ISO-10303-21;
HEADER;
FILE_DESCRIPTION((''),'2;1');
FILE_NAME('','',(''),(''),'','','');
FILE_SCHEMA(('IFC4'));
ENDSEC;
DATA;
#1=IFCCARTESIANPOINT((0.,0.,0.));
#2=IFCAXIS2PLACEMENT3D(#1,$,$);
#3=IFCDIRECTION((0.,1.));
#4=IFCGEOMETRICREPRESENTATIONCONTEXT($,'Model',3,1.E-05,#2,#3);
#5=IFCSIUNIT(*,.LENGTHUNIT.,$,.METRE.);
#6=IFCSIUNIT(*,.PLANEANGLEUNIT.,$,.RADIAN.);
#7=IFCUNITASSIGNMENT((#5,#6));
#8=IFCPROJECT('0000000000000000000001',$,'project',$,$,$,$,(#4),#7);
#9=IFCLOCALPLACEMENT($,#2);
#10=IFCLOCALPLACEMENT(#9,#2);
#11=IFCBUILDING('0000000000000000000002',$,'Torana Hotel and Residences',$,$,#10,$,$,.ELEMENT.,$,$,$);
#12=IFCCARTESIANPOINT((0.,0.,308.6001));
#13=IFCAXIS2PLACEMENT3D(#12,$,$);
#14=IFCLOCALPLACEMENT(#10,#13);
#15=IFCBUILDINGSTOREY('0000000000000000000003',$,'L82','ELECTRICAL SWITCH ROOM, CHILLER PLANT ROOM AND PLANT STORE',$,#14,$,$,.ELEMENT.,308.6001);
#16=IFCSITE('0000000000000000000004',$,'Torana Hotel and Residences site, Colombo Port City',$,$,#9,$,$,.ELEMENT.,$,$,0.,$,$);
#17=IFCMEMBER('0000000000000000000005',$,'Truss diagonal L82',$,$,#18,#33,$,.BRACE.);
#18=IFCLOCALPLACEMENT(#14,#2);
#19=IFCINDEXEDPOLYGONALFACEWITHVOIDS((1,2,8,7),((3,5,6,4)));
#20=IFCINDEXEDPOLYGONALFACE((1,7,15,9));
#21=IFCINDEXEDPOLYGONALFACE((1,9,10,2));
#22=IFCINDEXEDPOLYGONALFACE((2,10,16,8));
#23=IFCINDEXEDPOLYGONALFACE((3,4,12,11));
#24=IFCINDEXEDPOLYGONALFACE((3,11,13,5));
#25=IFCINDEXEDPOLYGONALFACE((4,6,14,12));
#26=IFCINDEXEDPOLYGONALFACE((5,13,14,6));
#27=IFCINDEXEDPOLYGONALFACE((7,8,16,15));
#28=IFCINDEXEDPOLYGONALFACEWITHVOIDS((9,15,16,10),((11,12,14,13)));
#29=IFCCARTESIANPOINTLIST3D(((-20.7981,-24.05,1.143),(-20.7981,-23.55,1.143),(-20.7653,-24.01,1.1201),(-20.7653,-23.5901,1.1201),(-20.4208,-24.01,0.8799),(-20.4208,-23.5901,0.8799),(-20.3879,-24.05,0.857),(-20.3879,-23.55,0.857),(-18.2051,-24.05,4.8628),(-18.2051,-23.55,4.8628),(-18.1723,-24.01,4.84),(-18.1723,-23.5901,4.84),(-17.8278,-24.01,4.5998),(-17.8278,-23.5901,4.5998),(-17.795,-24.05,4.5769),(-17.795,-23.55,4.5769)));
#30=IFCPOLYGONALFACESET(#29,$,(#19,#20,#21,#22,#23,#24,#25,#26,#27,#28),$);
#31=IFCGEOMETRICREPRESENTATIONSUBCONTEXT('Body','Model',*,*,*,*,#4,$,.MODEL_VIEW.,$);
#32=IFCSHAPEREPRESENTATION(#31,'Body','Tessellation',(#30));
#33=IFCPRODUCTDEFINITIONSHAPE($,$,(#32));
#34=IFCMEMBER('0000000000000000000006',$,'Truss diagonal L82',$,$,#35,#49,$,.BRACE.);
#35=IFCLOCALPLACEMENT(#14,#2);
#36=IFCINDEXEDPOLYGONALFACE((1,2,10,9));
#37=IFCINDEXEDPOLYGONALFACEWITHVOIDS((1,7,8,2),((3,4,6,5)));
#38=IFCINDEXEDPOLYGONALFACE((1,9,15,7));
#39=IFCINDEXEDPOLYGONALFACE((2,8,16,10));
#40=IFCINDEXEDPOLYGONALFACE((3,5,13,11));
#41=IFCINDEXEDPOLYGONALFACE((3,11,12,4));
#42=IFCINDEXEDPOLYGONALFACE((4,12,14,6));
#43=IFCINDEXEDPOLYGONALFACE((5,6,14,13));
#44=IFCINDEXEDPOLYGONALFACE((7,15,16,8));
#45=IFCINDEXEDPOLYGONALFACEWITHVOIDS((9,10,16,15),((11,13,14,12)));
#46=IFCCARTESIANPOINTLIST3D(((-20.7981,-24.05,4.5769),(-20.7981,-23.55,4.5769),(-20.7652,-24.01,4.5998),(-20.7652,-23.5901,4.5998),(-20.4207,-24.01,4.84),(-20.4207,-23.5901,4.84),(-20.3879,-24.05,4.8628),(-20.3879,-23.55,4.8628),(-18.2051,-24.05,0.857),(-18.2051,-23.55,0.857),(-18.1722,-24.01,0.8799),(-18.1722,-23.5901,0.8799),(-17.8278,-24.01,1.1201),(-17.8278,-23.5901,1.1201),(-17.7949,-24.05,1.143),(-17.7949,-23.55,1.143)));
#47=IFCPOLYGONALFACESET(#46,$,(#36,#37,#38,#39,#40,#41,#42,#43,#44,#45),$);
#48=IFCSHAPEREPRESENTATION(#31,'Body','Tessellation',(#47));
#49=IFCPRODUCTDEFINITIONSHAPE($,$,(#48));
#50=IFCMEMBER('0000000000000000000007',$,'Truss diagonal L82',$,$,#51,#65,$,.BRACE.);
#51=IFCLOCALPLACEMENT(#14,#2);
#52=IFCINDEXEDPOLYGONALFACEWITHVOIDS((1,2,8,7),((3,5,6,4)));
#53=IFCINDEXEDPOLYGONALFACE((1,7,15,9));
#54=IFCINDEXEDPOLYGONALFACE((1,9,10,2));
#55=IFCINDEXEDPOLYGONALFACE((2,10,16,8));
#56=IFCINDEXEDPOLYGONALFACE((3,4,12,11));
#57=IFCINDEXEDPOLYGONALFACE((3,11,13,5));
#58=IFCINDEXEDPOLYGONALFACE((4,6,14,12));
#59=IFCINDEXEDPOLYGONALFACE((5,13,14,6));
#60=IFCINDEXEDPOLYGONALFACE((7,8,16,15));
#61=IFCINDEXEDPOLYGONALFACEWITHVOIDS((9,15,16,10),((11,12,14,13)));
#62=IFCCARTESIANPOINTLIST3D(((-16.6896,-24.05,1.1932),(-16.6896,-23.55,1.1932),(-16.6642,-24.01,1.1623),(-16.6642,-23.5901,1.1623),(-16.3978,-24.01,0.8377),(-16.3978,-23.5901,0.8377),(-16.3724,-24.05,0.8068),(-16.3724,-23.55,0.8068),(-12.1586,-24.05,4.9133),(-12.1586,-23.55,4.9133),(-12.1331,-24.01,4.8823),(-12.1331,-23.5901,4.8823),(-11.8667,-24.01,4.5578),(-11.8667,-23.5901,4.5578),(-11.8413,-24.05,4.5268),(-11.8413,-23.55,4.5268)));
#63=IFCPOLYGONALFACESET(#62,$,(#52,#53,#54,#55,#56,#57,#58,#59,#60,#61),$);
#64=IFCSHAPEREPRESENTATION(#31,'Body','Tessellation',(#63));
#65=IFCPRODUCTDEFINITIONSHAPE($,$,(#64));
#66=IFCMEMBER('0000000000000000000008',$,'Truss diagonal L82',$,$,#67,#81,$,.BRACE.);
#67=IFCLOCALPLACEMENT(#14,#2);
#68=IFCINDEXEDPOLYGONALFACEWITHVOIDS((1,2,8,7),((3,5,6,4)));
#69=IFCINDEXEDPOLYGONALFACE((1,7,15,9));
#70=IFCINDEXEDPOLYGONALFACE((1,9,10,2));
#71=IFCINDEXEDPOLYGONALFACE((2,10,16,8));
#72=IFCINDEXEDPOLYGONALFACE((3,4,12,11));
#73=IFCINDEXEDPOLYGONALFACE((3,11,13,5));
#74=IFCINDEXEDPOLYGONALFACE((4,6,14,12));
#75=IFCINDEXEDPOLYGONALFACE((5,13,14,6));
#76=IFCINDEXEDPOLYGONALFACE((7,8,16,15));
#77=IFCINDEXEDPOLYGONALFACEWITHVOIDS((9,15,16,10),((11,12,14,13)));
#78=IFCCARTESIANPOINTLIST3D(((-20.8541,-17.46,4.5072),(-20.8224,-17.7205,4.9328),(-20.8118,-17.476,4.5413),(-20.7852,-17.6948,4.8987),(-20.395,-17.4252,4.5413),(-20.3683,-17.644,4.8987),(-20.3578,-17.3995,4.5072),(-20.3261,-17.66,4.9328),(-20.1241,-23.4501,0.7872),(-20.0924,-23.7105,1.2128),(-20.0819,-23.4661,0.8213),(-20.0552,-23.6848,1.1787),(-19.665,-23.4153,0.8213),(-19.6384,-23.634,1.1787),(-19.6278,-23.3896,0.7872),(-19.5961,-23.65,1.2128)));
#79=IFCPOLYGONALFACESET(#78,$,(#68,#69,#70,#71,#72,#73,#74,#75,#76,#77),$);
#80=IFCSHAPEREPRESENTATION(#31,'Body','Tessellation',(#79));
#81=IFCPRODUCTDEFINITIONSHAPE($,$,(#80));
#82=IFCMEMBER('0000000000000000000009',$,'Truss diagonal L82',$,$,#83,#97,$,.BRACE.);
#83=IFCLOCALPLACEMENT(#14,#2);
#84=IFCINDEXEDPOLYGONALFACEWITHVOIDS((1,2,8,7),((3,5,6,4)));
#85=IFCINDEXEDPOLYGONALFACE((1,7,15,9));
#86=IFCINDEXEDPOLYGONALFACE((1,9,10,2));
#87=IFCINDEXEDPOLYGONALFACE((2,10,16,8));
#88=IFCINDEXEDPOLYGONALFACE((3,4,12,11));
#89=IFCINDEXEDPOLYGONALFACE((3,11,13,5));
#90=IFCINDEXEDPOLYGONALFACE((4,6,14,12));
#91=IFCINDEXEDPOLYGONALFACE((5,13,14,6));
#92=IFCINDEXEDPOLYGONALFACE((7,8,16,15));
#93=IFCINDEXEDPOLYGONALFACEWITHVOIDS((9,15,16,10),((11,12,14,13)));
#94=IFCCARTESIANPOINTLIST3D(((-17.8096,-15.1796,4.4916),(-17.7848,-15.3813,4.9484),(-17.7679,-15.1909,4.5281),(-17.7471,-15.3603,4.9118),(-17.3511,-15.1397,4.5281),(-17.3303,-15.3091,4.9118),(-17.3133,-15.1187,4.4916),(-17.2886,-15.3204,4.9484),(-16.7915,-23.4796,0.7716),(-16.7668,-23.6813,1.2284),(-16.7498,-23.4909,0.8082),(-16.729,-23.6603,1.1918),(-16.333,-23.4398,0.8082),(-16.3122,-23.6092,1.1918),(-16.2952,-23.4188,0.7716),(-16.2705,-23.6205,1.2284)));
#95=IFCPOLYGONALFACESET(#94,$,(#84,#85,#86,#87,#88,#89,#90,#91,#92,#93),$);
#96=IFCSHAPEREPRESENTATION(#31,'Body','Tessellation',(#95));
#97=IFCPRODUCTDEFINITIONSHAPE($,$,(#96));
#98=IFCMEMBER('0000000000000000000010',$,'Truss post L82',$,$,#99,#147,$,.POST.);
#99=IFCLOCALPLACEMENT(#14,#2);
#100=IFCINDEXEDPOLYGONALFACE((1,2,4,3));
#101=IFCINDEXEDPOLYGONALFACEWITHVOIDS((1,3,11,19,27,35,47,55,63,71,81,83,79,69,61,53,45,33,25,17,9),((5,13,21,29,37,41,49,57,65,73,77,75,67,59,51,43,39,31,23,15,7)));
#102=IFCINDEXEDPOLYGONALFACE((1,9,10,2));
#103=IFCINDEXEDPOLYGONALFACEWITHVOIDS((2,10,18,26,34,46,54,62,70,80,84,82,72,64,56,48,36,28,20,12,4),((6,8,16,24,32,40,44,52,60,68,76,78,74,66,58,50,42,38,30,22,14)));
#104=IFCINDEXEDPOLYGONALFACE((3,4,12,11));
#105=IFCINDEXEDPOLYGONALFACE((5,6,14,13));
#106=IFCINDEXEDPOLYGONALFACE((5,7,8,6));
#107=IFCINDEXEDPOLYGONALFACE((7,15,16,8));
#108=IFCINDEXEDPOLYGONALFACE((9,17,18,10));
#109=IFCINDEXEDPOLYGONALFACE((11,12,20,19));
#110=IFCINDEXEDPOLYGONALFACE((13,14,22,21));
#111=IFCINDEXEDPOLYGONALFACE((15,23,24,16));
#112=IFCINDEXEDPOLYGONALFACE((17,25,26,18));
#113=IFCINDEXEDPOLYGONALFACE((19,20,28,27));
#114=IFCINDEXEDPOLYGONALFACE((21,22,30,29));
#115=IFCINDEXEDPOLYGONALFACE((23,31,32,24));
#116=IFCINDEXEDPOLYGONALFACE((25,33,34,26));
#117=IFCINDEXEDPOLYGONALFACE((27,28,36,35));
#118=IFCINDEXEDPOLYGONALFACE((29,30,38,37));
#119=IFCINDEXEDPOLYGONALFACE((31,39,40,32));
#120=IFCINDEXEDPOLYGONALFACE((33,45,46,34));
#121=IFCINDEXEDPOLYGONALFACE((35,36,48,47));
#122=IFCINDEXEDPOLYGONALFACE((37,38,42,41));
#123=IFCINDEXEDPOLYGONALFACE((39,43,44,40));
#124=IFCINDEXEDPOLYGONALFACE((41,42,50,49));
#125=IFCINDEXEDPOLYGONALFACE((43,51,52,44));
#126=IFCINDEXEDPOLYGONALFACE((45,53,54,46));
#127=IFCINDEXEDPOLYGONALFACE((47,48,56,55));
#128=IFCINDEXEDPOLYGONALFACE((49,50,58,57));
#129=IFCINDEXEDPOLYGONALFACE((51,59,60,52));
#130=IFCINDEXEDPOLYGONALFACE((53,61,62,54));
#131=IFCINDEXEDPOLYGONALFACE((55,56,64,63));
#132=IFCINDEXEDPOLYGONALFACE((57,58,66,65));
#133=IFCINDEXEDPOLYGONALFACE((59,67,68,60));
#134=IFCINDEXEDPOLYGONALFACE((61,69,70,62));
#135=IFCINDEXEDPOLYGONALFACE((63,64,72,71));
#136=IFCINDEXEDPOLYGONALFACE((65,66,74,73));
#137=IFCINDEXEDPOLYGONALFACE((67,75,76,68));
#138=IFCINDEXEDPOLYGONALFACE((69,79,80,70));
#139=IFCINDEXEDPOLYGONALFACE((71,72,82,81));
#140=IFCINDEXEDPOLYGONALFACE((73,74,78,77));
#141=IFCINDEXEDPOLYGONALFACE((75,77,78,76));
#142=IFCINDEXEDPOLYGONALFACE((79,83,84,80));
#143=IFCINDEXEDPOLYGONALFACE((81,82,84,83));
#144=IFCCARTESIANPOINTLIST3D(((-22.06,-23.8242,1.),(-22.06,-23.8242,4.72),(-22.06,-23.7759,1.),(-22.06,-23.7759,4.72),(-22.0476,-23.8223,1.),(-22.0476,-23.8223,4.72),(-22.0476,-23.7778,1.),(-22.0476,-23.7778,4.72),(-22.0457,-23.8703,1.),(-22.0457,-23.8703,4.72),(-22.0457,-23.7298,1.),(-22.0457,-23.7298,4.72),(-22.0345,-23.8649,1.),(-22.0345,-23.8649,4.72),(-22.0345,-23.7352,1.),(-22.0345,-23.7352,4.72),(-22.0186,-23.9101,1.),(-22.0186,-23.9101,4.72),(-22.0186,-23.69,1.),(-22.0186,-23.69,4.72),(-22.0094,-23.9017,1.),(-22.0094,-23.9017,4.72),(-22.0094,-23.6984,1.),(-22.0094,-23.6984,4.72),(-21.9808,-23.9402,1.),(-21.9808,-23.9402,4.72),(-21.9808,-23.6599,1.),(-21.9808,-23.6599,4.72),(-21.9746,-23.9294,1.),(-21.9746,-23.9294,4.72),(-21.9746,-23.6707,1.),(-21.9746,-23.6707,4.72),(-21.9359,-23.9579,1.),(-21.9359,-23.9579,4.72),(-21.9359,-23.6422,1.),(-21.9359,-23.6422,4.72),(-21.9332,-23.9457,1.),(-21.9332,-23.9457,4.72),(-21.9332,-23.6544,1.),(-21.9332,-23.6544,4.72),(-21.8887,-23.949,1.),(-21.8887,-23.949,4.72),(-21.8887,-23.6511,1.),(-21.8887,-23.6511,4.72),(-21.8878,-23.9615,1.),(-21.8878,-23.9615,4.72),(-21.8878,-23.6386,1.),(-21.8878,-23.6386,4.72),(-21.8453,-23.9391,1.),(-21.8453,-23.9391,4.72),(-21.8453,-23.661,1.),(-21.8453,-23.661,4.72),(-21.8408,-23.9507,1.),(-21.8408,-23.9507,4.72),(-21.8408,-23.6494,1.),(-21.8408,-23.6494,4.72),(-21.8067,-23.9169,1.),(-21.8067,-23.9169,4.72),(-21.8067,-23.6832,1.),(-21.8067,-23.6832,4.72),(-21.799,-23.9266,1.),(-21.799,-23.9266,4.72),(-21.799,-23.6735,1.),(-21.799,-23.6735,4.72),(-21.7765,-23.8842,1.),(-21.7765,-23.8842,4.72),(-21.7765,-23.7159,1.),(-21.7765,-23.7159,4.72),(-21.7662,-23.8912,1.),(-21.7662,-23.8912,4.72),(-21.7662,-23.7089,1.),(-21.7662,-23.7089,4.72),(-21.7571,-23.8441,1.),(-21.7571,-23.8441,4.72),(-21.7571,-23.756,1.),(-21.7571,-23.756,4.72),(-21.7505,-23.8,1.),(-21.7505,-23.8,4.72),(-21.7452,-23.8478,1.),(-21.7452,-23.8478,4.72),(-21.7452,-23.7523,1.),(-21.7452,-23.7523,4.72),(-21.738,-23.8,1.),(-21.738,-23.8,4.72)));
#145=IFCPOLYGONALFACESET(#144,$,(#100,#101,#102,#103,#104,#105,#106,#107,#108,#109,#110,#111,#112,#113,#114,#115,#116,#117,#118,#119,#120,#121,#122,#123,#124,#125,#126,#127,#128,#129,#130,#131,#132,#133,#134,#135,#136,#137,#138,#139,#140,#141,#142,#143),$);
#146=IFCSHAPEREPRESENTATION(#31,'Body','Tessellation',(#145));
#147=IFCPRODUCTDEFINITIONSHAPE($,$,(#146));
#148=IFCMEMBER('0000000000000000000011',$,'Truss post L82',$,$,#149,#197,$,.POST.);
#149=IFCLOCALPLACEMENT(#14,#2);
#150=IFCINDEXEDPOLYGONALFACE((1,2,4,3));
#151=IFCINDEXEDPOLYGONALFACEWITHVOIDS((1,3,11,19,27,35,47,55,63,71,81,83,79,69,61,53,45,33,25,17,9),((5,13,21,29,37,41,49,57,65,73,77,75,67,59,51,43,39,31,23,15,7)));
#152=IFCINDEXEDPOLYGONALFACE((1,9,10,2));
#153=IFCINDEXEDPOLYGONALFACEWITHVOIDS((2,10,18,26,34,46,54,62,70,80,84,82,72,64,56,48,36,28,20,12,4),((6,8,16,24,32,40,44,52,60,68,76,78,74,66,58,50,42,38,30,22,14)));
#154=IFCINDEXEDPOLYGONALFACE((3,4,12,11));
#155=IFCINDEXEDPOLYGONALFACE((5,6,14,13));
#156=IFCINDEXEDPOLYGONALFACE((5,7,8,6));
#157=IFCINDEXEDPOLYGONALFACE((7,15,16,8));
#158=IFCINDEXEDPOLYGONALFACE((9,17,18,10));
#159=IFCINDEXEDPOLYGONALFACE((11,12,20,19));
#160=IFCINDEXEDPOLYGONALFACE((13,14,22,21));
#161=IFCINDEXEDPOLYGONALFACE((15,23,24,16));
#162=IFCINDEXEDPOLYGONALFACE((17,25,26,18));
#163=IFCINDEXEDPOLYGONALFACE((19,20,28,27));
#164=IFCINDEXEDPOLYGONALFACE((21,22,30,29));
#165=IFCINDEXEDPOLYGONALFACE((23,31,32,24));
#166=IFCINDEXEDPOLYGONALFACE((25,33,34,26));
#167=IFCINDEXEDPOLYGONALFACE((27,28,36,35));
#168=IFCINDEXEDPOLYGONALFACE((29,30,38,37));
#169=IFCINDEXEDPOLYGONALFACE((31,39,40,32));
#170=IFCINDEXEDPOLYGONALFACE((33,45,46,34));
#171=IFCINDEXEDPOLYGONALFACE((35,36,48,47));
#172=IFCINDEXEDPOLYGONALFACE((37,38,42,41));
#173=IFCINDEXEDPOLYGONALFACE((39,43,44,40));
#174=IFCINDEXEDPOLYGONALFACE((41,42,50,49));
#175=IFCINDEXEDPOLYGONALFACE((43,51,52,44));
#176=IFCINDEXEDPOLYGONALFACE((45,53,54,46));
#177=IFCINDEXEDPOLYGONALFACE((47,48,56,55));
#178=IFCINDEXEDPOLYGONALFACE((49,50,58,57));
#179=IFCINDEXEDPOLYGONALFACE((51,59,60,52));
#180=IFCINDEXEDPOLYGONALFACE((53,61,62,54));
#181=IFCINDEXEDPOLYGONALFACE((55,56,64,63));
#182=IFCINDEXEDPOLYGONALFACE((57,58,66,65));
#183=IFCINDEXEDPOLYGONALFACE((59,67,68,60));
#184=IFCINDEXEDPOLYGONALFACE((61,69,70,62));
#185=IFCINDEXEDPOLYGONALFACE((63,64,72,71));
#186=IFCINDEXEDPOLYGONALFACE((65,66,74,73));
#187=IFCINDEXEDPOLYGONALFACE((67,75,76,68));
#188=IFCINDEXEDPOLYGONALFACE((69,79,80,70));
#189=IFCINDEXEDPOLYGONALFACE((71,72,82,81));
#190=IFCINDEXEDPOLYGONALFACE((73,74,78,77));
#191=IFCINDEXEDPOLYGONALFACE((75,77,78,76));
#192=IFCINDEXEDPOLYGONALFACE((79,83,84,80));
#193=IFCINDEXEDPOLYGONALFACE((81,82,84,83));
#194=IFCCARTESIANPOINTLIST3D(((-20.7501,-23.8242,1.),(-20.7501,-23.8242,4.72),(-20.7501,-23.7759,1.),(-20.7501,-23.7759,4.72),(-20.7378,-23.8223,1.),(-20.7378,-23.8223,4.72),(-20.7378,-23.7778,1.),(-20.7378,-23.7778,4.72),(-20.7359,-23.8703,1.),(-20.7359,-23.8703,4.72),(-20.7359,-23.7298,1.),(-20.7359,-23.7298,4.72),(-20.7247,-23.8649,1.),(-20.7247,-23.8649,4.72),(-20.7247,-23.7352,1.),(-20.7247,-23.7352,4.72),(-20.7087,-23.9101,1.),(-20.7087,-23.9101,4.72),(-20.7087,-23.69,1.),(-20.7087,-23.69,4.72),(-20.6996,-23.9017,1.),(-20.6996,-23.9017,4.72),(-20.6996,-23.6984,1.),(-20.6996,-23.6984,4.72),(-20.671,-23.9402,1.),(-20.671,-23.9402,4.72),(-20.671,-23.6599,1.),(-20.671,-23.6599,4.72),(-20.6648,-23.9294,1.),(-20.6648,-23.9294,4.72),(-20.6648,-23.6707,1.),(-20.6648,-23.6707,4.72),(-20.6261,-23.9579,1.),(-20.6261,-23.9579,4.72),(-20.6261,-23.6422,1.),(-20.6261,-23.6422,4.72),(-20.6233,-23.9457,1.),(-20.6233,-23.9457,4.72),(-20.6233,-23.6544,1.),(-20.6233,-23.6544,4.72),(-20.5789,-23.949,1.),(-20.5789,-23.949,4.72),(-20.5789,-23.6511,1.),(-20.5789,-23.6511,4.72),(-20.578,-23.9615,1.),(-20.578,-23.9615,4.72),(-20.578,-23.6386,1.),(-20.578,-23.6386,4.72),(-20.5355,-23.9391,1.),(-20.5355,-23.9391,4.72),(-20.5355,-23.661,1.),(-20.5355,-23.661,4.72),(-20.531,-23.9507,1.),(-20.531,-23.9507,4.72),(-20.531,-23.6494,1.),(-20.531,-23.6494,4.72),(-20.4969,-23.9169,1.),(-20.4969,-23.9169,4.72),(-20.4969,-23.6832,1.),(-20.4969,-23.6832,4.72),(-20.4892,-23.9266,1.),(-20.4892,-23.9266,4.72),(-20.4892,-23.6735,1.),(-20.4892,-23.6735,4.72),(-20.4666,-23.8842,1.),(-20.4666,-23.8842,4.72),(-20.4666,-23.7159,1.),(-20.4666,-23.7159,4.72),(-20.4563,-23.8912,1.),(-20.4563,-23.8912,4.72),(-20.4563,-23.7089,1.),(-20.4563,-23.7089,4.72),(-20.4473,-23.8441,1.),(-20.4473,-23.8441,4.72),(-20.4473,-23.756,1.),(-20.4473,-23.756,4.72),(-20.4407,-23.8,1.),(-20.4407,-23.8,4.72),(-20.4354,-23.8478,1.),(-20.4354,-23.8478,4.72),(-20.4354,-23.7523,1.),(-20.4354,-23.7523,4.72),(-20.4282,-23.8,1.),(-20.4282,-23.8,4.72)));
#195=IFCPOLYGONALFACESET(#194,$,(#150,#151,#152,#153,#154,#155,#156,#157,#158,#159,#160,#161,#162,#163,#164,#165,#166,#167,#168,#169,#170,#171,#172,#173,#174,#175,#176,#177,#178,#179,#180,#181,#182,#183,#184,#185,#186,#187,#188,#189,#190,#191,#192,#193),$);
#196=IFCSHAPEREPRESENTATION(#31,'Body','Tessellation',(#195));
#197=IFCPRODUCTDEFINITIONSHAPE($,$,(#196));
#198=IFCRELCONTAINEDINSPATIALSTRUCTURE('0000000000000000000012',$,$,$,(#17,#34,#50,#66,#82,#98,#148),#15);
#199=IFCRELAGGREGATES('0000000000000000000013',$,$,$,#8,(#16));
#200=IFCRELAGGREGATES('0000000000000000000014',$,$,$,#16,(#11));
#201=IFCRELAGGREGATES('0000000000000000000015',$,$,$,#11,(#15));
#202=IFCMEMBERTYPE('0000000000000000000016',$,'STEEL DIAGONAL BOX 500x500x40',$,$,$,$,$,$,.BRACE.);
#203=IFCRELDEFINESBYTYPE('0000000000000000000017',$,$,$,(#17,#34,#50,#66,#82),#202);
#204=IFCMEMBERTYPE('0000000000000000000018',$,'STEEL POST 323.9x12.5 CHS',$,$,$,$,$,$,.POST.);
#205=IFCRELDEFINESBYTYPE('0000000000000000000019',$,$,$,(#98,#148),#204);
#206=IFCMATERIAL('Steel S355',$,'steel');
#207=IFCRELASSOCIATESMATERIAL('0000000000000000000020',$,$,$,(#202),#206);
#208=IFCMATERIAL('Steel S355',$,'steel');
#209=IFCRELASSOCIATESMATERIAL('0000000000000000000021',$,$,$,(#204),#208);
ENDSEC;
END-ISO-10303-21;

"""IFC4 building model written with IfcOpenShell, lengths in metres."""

from ifc_helpers import new_model, si_unit, direction, frame, origin, origin_2d, place, context, subcontext, project, spatial, hollow_rectangle, hollow_circle, extrude, material, material_profile, profile_set, type_object, element, save


model = new_model("IFC4")

# Units and contexts
model_context = context("Model", 3, precision=1e-05, world=origin(), true_north=direction((0.0, 1.0)))
body_context = subcontext(model_context, "Body", "Model", "MODEL_VIEW")
ifc_project = project(units=[si_unit("LENGTHUNIT", "METRE"), si_unit("PLANEANGLEUNIT", "RADIAN")], contexts=[model_context])

# Site, building, storey
site_placement = place(None, origin())
site = spatial("IfcSite", under=ifc_project, at=site_placement, Name="Torana Hotel and Residences site, Colombo Port City", CompositionType="ELEMENT", RefElevation=0.0)
building_placement = place(site_placement, origin())
building = spatial("IfcBuilding", under=site, at=building_placement, Name="Torana Hotel and Residences", CompositionType="ELEMENT")
storey_placement = place(building_placement, frame((0.0, 0.0, 308.6001)))
storey = spatial("IfcBuildingStorey", under=building, at=storey_placement, Name="L82", Description="ELECTRICAL SWITCH ROOM, CHILLER PLANT ROOM AND PLANT STORE", CompositionType="ELEMENT", Elevation=308.6001)

# Members
ifc_material_1 = material(Name="Steel S355", Category="steel")
ifc_material_profile_1 = material_profile(ifc_material_1, hollow_rectangle(XDim=0.5, YDim=0.5, WallThickness=0.04, at=origin_2d()), Name="BOX 500x500x40")
ifc_profile_set_1 = profile_set([ifc_material_profile_1], Name="Steel S355")
member_type_1 = type_object("IfcMemberType", Name="STEEL DIAGONAL BOX 500x500x40", PredefinedType="BRACE", material=ifc_profile_set_1)
for number, where, z_axis, x_axis, name in (
    (1, (-20.593, -23.8, 1.0), (0.571839, 0.0, 0.820366), (0.0, 1.0, 0.0), "Truss diagonal L82"),
    (2, (-18.0, -23.8, 1.0), (-0.571839, 0.0, 0.820366), (0.0, -1.0, 0.0), "Truss diagonal L82"),
):
    element("IfcMember", number, at=place(storey_placement, frame(where, z_axis=z_axis, x_axis=x_axis)), inside=storey, type_object=member_type_1, Name=name, PredefinedType="BRACE", context=body_context, shape_type="SweptSolid", body=[
        extrude(hollow_rectangle(XDim=0.5, YDim=0.5, WallThickness=0.04, at=origin_2d()), origin(), (0.0, 0.0, 1.0), 4.5344),
    ])
member_1_placement = place(storey_placement, frame((-16.531, -23.8, 1.0), z_axis=(0.772887, 0.0, 0.634543), x_axis=(0.0, 1.0, 0.0)))
element("IfcMember", 3, at=member_1_placement, inside=storey, type_object=member_type_1, Name="Truss diagonal L82", PredefinedType="BRACE", context=body_context, shape_type="SweptSolid", body=[
    extrude(hollow_rectangle(XDim=0.5, YDim=0.5, WallThickness=0.04, at=origin_2d()), origin(), (0.0, 0.0, 1.0), 5.8625),
])
member_2_placement = place(storey_placement, frame((-19.8601, -23.55, 1.0), z_axis=(-0.102977, 0.844994, 0.524768), x_axis=(-0.992656, -0.120972, 0.0)))
element("IfcMember", 4, at=member_2_placement, inside=storey, type_object=member_type_1, Name="Truss diagonal L82", PredefinedType="BRACE", context=body_context, shape_type="SweptSolid", body=[
    extrude(hollow_rectangle(XDim=0.5, YDim=0.5, WallThickness=0.04, at=origin_2d()), origin(), (0.0, 0.0, 1.0), 7.0889),
])
member_3_placement = place(storey_placement, frame((-16.531, -23.55, 1.0), z_axis=(-0.111236, 0.906877, 0.40645), x_axis=(-0.992561, -0.121745, 0.0)))
element("IfcMember", 5, at=member_3_placement, inside=storey, type_object=member_type_1, Name="Truss diagonal L82", PredefinedType="BRACE", context=body_context, shape_type="SweptSolid", body=[
    extrude(hollow_rectangle(XDim=0.5, YDim=0.5, WallThickness=0.04, at=origin_2d()), origin(), (0.0, 0.0, 1.0), 9.1523),
])
ifc_material_2 = material(Name="Steel S355", Category="steel")
ifc_material_profile_2 = material_profile(ifc_material_2, hollow_circle(Radius=0.1619, WallThickness=0.0125, at=origin_2d()), Name="323.9x12.5 CHS")
ifc_profile_set_2 = profile_set([ifc_material_profile_2], Name="Steel S355")
member_type_2 = type_object("IfcMemberType", Name="STEEL POST 323.9x12.5 CHS", PredefinedType="POST", material=ifc_profile_set_2)
for number, where, z_axis, x_axis, name in (
    (6, (-21.8999, -23.8, 1.0), (0.0, 0.0, 1.0), (1.0, 0.0, 0.0), "Truss post L82"),
    (7, (-20.5901, -23.8, 1.0), (0.0, 0.0, 1.0), (1.0, 0.0, 0.0), "Truss post L82"),
):
    element("IfcMember", number, at=place(storey_placement, frame(where, z_axis=z_axis, x_axis=x_axis)), inside=storey, type_object=member_type_2, Name=name, PredefinedType="POST", context=body_context, shape_type="SweptSolid", body=[
        extrude(hollow_circle(Radius=0.1619, WallThickness=0.0125, at=origin_2d()), origin(), (0.0, 0.0, 1.0), 3.72),
    ])

save(model, "model.ifc")
